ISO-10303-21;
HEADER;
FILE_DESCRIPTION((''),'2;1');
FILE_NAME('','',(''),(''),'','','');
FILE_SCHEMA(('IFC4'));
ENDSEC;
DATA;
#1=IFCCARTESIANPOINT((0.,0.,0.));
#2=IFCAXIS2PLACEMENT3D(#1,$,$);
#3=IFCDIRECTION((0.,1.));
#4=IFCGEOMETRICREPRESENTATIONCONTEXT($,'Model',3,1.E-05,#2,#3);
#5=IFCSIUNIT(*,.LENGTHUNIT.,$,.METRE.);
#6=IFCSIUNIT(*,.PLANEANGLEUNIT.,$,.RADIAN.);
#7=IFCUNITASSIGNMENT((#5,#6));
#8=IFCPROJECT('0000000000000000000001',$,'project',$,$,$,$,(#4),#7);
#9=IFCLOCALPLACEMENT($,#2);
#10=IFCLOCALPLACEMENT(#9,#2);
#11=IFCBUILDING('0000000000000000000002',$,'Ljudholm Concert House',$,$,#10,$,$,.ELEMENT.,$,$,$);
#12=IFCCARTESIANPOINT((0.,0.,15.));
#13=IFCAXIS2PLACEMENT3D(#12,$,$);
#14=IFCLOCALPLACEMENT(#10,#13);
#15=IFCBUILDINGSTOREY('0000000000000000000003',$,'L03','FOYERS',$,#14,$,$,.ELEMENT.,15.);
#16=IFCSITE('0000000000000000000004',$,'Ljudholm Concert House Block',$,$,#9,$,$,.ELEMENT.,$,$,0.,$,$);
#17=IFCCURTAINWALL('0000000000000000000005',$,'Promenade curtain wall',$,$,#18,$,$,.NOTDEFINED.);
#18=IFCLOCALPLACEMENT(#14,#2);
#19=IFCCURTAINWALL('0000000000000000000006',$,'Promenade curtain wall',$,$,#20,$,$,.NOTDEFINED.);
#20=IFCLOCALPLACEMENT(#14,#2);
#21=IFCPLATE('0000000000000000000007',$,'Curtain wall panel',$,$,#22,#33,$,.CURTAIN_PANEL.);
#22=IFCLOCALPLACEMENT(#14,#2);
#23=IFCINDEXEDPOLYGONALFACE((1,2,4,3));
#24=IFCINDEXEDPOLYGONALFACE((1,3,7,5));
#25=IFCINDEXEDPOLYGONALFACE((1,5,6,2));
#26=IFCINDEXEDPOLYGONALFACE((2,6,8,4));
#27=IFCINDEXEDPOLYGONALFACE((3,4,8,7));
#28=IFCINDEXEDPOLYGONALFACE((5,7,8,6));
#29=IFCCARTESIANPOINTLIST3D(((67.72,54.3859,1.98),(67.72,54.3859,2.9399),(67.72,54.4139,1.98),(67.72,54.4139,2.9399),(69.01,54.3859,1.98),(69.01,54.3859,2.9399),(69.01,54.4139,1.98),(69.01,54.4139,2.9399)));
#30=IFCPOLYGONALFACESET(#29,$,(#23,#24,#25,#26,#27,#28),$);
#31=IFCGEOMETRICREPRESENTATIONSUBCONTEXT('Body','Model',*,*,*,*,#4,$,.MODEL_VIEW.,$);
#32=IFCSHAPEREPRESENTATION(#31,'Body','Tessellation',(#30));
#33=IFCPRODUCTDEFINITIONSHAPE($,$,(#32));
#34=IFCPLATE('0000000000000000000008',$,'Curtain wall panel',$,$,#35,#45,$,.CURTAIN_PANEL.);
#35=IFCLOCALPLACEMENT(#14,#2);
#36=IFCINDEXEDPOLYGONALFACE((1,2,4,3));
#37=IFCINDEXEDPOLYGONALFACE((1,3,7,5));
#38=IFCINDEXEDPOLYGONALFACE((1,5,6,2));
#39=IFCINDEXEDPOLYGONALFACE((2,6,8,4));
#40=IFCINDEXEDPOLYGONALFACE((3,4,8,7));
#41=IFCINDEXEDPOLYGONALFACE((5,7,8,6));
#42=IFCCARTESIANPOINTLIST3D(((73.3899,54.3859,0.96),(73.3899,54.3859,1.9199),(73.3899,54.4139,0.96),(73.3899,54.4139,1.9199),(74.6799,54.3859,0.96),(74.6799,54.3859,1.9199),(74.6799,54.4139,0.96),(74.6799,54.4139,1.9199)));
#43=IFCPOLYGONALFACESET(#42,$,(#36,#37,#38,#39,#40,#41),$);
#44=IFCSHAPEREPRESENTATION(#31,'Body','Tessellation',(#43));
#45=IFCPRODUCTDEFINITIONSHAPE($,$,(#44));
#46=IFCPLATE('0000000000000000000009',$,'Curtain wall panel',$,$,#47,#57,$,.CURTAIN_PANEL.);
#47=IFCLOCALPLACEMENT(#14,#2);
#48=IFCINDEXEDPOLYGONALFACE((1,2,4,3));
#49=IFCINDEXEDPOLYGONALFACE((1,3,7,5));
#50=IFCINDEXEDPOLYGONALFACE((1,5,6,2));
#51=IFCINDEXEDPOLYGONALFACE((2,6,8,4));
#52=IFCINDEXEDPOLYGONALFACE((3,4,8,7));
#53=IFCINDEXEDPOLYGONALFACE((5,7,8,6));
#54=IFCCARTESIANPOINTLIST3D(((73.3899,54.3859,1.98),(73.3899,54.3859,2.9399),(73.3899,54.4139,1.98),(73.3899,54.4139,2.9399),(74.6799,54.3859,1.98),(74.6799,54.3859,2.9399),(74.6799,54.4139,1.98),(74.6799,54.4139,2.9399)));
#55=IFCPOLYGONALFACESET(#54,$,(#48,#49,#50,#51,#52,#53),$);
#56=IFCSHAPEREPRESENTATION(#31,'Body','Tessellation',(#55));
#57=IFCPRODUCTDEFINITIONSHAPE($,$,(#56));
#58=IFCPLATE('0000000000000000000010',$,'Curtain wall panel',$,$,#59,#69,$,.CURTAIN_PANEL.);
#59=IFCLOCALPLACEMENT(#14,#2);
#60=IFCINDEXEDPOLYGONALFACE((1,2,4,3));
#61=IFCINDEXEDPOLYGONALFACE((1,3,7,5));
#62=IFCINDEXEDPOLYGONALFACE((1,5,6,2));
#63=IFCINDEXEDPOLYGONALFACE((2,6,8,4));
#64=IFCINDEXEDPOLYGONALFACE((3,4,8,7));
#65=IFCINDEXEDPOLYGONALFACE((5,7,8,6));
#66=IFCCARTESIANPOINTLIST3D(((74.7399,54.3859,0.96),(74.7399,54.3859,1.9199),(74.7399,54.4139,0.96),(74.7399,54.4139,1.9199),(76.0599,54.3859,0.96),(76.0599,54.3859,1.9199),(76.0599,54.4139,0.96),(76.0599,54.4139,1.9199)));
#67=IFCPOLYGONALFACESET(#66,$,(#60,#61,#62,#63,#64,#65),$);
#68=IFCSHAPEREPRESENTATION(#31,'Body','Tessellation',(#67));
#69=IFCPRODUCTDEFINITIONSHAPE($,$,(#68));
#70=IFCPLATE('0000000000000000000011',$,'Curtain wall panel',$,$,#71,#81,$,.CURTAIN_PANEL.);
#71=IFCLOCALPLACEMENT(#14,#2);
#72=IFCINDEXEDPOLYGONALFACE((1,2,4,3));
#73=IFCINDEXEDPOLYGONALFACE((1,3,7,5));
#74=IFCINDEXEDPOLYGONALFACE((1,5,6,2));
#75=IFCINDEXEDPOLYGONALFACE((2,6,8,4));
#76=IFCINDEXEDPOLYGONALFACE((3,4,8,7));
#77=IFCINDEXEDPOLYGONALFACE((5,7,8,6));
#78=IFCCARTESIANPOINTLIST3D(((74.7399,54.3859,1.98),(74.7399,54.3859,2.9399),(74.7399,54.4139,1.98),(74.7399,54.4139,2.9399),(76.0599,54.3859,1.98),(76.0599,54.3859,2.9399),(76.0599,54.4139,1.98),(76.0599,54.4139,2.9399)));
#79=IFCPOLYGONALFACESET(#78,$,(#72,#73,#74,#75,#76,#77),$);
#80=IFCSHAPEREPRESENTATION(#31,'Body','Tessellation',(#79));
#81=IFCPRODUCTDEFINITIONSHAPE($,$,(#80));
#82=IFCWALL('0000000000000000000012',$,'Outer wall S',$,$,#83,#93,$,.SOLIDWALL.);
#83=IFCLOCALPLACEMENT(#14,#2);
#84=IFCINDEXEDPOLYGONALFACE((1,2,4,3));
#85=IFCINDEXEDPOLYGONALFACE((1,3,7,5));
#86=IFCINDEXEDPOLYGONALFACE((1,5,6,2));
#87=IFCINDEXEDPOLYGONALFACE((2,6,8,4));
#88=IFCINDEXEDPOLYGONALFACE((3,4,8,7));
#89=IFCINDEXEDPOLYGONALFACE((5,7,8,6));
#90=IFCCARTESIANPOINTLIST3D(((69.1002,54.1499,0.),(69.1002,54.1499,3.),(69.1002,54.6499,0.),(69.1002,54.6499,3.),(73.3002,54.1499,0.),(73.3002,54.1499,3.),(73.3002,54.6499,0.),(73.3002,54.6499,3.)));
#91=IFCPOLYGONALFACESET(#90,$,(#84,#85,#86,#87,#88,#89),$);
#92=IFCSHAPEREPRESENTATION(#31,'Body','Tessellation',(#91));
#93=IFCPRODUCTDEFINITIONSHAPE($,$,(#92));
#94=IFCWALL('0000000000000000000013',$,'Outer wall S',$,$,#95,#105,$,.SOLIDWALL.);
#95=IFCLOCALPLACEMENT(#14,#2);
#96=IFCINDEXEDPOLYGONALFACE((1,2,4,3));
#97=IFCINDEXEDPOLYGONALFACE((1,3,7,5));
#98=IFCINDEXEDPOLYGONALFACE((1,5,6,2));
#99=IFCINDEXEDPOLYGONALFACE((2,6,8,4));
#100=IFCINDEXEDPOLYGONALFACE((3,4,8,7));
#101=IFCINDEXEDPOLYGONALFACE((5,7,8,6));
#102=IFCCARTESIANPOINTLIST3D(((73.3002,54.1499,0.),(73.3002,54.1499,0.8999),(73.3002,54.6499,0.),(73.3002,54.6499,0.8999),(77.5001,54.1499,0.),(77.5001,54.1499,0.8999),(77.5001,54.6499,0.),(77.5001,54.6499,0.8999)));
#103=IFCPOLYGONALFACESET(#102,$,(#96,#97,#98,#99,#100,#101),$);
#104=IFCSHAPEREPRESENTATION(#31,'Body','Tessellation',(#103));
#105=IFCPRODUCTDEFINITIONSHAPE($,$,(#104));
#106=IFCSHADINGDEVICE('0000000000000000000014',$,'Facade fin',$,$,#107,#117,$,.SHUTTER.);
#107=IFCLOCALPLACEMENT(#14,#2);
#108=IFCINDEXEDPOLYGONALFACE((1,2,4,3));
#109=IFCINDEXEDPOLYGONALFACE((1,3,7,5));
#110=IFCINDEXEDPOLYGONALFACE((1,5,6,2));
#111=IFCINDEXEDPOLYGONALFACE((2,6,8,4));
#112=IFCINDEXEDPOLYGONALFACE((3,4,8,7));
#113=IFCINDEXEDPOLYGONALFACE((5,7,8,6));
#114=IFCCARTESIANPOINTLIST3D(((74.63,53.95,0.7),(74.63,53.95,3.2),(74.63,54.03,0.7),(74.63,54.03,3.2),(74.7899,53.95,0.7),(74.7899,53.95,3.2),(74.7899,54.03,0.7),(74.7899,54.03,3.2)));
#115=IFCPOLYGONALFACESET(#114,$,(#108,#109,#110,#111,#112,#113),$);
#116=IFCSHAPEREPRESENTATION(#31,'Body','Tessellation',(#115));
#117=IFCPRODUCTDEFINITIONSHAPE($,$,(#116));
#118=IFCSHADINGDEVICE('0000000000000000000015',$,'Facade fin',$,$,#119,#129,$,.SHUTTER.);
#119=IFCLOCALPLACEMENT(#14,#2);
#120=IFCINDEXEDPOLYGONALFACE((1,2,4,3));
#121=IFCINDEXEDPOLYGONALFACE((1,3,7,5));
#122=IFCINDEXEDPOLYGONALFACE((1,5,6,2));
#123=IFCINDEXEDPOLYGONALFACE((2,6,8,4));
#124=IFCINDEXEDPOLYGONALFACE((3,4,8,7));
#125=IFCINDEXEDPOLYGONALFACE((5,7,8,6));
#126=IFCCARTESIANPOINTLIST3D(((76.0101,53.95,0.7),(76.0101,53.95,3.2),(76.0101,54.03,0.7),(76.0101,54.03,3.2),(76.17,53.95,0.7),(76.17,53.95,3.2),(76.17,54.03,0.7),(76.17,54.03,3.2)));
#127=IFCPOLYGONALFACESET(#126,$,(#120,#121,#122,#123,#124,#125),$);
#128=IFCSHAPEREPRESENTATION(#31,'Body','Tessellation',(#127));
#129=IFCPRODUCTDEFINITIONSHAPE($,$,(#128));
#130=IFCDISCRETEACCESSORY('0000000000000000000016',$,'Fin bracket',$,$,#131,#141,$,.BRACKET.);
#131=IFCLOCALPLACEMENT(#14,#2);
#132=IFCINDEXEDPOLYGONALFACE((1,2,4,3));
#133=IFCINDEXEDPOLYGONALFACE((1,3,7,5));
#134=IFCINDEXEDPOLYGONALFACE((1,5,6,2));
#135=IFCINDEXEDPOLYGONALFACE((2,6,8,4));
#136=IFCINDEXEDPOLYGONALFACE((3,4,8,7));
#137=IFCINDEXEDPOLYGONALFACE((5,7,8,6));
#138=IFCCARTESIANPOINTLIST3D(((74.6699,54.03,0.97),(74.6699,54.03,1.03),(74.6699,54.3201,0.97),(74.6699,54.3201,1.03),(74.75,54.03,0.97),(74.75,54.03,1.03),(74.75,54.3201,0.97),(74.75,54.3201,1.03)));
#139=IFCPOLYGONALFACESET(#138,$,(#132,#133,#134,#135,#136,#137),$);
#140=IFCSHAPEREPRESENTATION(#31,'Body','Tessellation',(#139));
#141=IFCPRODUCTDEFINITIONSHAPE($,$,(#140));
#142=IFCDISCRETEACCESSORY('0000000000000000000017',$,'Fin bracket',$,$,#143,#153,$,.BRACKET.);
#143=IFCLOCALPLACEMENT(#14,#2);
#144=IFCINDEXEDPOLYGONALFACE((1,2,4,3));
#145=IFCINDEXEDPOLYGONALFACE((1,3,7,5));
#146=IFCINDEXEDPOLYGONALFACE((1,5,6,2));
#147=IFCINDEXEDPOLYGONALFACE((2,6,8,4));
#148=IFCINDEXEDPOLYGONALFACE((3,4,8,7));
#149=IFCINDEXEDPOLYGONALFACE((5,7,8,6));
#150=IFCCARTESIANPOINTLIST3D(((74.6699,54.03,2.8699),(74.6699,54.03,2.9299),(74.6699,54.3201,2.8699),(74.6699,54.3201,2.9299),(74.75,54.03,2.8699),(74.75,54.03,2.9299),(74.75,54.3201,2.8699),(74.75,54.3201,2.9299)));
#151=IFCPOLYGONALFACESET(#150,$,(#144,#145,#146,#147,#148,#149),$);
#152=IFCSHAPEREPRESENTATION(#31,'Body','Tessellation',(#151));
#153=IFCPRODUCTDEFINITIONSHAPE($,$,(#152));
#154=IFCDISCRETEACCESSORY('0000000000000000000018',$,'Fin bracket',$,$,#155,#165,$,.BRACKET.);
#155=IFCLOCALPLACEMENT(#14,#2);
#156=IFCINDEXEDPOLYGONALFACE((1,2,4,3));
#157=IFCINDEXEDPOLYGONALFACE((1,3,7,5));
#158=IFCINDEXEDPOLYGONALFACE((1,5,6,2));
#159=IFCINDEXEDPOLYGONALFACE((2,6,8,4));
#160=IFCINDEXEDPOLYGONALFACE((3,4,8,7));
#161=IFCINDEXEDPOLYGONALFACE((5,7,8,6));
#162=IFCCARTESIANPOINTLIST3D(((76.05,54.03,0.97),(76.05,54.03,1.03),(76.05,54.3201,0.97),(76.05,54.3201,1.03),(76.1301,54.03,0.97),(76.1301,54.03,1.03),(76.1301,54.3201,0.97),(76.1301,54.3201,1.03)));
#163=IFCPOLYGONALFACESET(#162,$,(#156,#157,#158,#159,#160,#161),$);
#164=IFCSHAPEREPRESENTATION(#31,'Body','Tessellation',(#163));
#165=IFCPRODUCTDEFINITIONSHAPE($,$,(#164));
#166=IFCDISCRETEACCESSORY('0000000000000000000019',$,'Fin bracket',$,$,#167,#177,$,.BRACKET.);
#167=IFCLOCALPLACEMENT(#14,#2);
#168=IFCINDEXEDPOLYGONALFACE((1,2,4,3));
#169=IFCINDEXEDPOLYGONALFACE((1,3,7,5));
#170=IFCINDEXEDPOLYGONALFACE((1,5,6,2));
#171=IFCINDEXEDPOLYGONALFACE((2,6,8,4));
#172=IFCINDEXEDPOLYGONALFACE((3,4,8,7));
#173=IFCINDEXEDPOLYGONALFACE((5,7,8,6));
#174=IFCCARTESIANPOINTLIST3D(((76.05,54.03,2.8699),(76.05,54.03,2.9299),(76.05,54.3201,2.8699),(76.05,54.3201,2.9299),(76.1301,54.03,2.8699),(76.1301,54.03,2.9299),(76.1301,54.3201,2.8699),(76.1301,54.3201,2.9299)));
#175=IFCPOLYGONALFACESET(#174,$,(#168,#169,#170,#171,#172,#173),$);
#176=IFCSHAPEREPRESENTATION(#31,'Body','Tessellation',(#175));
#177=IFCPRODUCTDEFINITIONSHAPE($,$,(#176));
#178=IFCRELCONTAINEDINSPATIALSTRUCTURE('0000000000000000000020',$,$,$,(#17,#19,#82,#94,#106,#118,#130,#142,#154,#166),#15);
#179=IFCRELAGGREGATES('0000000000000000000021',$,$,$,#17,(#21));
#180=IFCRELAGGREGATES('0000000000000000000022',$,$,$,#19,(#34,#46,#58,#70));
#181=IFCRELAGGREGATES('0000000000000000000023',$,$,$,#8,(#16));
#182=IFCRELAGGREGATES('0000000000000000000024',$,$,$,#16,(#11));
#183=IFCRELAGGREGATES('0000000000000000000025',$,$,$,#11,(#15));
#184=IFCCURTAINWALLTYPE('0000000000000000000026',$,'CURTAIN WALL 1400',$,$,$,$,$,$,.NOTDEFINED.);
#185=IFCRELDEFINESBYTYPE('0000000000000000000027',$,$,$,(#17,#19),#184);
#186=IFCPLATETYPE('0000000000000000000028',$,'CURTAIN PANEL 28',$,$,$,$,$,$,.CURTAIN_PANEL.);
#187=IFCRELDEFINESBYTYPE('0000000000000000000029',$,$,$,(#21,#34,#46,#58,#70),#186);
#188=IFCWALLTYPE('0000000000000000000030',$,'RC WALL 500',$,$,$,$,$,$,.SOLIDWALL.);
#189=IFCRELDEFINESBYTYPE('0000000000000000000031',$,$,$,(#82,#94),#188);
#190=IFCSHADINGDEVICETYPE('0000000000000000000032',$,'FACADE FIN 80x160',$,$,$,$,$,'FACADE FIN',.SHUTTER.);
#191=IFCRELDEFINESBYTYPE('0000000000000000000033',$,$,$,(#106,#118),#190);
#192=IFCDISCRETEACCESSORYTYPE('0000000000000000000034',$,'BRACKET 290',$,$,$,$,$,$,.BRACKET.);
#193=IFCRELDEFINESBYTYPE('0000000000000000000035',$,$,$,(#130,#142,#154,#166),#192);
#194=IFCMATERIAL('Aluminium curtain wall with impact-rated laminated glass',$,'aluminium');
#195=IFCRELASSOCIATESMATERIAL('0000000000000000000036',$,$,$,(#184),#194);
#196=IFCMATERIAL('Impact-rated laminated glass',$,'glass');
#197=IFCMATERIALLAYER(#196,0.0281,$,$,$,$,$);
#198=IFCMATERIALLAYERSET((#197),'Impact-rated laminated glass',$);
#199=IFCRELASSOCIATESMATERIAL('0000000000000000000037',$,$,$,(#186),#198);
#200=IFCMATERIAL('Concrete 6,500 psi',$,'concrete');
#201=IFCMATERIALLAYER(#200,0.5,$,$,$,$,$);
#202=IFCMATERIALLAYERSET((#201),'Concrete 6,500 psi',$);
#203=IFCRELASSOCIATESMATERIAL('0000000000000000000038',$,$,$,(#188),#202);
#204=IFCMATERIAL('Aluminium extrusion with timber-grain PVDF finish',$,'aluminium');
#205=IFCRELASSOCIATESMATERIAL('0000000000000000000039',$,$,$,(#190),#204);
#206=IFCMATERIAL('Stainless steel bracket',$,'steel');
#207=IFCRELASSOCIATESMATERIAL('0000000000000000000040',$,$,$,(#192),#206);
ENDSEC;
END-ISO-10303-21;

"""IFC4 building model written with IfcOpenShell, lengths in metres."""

from ifc_helpers import new_model, si_unit, direction, frame, frame_2d, origin, origin_2d, place, context, subcontext, project, spatial, rectangle, extrude, material, layer, layer_set, type_object, element, aggregate, save


model = new_model("IFC4")

# Units and contexts
model_context = context("Model", 3, precision=1e-05, world=origin(), true_north=direction((0.0, 1.0)))
body_context = subcontext(model_context, "Body", "Model", "MODEL_VIEW")
ifc_project = project(units=[si_unit("LENGTHUNIT", "METRE"), si_unit("PLANEANGLEUNIT", "RADIAN")], contexts=[model_context])

# Site, building, storey
site_placement = place(None, origin())
site = spatial("IfcSite", under=ifc_project, at=site_placement, Name="Ljudholm Concert House Block", CompositionType="ELEMENT", RefElevation=0.0)
building_placement = place(site_placement, origin())
building = spatial("IfcBuilding", under=site, at=building_placement, Name="Ljudholm Concert House", CompositionType="ELEMENT")
storey_placement = place(building_placement, frame((0.0, 0.0, 15.0)))
storey = spatial("IfcBuildingStorey", under=building, at=storey_placement, Name="L03", Description="FOYERS", CompositionType="ELEMENT", Elevation=15.0)

# Curtain walls
ifc_material_1 = material(Name="Aluminium curtain wall with impact-rated laminated glass", Category="aluminium")
curtain_wall_type = type_object("IfcCurtainWallType", Name="CURTAIN WALL 1400", PredefinedType="NOTDEFINED", material=ifc_material_1)
curtain_wall_1_placement = place(storey_placement, origin())
curtain_wall_1 = element("IfcCurtainWall", 1, at=curtain_wall_1_placement, inside=storey, type_object=curtain_wall_type, Name="Promenade curtain wall", PredefinedType="NOTDEFINED")
curtain_wall_2_placement = place(storey_placement, origin())
curtain_wall_2 = element("IfcCurtainWall", 2, at=curtain_wall_2_placement, inside=storey, type_object=curtain_wall_type, Name="Promenade curtain wall", PredefinedType="NOTDEFINED")

# Plates
ifc_material_2 = material(Name="Impact-rated laminated glass", Category="glass")
ifc_layer_1 = layer(ifc_material_2, 0.0281)
ifc_layer_set_1 = layer_set([ifc_layer_1], Name="Impact-rated laminated glass")
plate_type = type_object("IfcPlateType", Name="CURTAIN PANEL 28", PredefinedType="CURTAIN_PANEL", material=ifc_layer_set_1)
plate_1_placement = place(storey_placement, frame((68.365, 54.3999, 1.98), z_axis=(0.0, 0.0, 1.0), x_axis=(1.0, 0.0, 0.0)))
plate_1 = element("IfcPlate", 3, at=plate_1_placement, type_object=plate_type, Name="Curtain wall panel", PredefinedType="CURTAIN_PANEL", context=body_context, shape_type="SweptSolid", body=[
    extrude(rectangle(XDim=1.29, YDim=0.0281, at=origin_2d()), origin(), (0.0, 0.0, 1.0), 0.96),
])
aggregate(curtain_wall_1, [plate_1])
plate_2_placement = place(storey_placement, frame((74.0349, 54.3999, 0.96), z_axis=(0.0, 0.0, 1.0), x_axis=(1.0, 0.0, 0.0)))
plate_2 = element("IfcPlate", 4, at=plate_2_placement, type_object=plate_type, Name="Curtain wall panel", PredefinedType="CURTAIN_PANEL", context=body_context, shape_type="SweptSolid", body=[
    extrude(rectangle(XDim=1.29, YDim=0.0281, at=origin_2d()), origin(), (0.0, 0.0, 1.0), 0.96),
])
plate_3_placement = place(storey_placement, frame((74.0349, 54.3999, 1.98), z_axis=(0.0, 0.0, 1.0), x_axis=(1.0, 0.0, 0.0)))
plate_3 = element("IfcPlate", 5, at=plate_3_placement, type_object=plate_type, Name="Curtain wall panel", PredefinedType="CURTAIN_PANEL", context=body_context, shape_type="SweptSolid", body=[
    extrude(rectangle(XDim=1.29, YDim=0.0281, at=origin_2d()), origin(), (0.0, 0.0, 1.0), 0.96),
])
plate_4_placement = place(storey_placement, frame((75.3999, 54.3999, 0.96), z_axis=(0.0, 0.0, 1.0), x_axis=(1.0, 0.0, 0.0)))
plate_4 = element("IfcPlate", 6, at=plate_4_placement, type_object=plate_type, Name="Curtain wall panel", PredefinedType="CURTAIN_PANEL", context=body_context, shape_type="SweptSolid", body=[
    extrude(rectangle(XDim=1.3201, YDim=0.0281, at=origin_2d()), origin(), (0.0, 0.0, 1.0), 0.96),
])
plate_5_placement = place(storey_placement, frame((75.3999, 54.3999, 1.98), z_axis=(0.0, 0.0, 1.0), x_axis=(1.0, 0.0, 0.0)))
plate_5 = element("IfcPlate", 7, at=plate_5_placement, type_object=plate_type, Name="Curtain wall panel", PredefinedType="CURTAIN_PANEL", context=body_context, shape_type="SweptSolid", body=[
    extrude(rectangle(XDim=1.3201, YDim=0.0281, at=origin_2d()), origin(), (0.0, 0.0, 1.0), 0.96),
])
aggregate(curtain_wall_2, [plate_2, plate_3, plate_4, plate_5])

# Walls
ifc_material_3 = material(Name="Concrete 6,500 psi", Category="concrete")
ifc_layer_2 = layer(ifc_material_3, 0.5)
ifc_layer_set_2 = layer_set([ifc_layer_2], Name="Concrete 6,500 psi")
wall_type = type_object("IfcWallType", Name="RC WALL 500", PredefinedType="SOLIDWALL", material=ifc_layer_set_2)
wall_1_placement = place(storey_placement, frame((69.1001, 54.3999, 0.0), z_axis=(0.0, 0.0, 1.0), x_axis=(1.0, 0.0, 0.0)))
element("IfcWall", 8, at=wall_1_placement, inside=storey, type_object=wall_type, Name="Outer wall S", PredefinedType="SOLIDWALL", context=body_context, shape_type="SweptSolid", body=[
    extrude(rectangle(XDim=4.2, YDim=0.5, at=frame_2d((2.1001, 0.0))), origin(), (0.0, 0.0, 1.0), 3.0),
])
wall_2_placement = place(storey_placement, frame((73.3, 54.3999, 0.0), z_axis=(0.0, 0.0, 1.0), x_axis=(1.0, 0.0, 0.0)))
element("IfcWall", 9, at=wall_2_placement, inside=storey, type_object=wall_type, Name="Outer wall S", PredefinedType="SOLIDWALL", context=body_context, shape_type="SweptSolid", body=[
    extrude(rectangle(XDim=4.2, YDim=0.5, at=frame_2d((2.1001, 0.0))), origin(), (0.0, 0.0, 1.0), 0.8999),
])

# Shading devices
ifc_material_4 = material(Name="Aluminium extrusion with timber-grain PVDF finish", Category="aluminium")
shading_device_type = type_object("IfcShadingDeviceType", Name="FACADE FIN 80x160", ElementType="FACADE FIN", PredefinedType="SHUTTER", material=ifc_material_4)
for number, where, z_axis, x_axis, name in (
    (10, (74.71, 53.99, 0.7), (0.0, 0.0, 1.0), (0.0, -1.0, 0.0), "Facade fin"),
    (11, (76.0901, 53.99, 0.7), (0.0, 0.0, 1.0), (0.0, -1.0, 0.0), "Facade fin"),
):
    element("IfcShadingDevice", number, at=place(storey_placement, frame(where, z_axis=z_axis, x_axis=x_axis)), inside=storey, type_object=shading_device_type, Name=name, PredefinedType="SHUTTER", context=body_context, shape_type="SweptSolid", body=[
        extrude(rectangle(XDim=0.0801, YDim=0.1599, at=origin_2d()), origin(), (0.0, 0.0, 1.0), 2.5),
    ])

# Discrete accessories
ifc_material_5 = material(Name="Stainless steel bracket", Category="steel")
discrete_accessory_type = type_object("IfcDiscreteAccessoryType", Name="BRACKET 290", PredefinedType="BRACKET", material=ifc_material_5)
for number, where, z_axis, x_axis, name in (
    (12, (74.71, 54.175, 0.97), (0.0, 0.0, 1.0), (0.0, -1.0, 0.0), "Fin bracket"),
    (13, (74.71, 54.175, 2.8699), (0.0, 0.0, 1.0), (0.0, -1.0, 0.0), "Fin bracket"),
    (14, (76.0901, 54.175, 0.97), (0.0, 0.0, 1.0), (0.0, -1.0, 0.0), "Fin bracket"),
    (15, (76.0901, 54.175, 2.8699), (0.0, 0.0, 1.0), (0.0, -1.0, 0.0), "Fin bracket"),
):
    element("IfcDiscreteAccessory", number, at=place(storey_placement, frame(where, z_axis=z_axis, x_axis=x_axis)), inside=storey, type_object=discrete_accessory_type, Name=name, PredefinedType="BRACKET", context=body_context, shape_type="SweptSolid", body=[
        extrude(rectangle(XDim=0.29, YDim=0.0801, at=origin_2d()), origin(), (0.0, 0.0, 1.0), 0.0601),
    ])

save(model, "model.ifc")
